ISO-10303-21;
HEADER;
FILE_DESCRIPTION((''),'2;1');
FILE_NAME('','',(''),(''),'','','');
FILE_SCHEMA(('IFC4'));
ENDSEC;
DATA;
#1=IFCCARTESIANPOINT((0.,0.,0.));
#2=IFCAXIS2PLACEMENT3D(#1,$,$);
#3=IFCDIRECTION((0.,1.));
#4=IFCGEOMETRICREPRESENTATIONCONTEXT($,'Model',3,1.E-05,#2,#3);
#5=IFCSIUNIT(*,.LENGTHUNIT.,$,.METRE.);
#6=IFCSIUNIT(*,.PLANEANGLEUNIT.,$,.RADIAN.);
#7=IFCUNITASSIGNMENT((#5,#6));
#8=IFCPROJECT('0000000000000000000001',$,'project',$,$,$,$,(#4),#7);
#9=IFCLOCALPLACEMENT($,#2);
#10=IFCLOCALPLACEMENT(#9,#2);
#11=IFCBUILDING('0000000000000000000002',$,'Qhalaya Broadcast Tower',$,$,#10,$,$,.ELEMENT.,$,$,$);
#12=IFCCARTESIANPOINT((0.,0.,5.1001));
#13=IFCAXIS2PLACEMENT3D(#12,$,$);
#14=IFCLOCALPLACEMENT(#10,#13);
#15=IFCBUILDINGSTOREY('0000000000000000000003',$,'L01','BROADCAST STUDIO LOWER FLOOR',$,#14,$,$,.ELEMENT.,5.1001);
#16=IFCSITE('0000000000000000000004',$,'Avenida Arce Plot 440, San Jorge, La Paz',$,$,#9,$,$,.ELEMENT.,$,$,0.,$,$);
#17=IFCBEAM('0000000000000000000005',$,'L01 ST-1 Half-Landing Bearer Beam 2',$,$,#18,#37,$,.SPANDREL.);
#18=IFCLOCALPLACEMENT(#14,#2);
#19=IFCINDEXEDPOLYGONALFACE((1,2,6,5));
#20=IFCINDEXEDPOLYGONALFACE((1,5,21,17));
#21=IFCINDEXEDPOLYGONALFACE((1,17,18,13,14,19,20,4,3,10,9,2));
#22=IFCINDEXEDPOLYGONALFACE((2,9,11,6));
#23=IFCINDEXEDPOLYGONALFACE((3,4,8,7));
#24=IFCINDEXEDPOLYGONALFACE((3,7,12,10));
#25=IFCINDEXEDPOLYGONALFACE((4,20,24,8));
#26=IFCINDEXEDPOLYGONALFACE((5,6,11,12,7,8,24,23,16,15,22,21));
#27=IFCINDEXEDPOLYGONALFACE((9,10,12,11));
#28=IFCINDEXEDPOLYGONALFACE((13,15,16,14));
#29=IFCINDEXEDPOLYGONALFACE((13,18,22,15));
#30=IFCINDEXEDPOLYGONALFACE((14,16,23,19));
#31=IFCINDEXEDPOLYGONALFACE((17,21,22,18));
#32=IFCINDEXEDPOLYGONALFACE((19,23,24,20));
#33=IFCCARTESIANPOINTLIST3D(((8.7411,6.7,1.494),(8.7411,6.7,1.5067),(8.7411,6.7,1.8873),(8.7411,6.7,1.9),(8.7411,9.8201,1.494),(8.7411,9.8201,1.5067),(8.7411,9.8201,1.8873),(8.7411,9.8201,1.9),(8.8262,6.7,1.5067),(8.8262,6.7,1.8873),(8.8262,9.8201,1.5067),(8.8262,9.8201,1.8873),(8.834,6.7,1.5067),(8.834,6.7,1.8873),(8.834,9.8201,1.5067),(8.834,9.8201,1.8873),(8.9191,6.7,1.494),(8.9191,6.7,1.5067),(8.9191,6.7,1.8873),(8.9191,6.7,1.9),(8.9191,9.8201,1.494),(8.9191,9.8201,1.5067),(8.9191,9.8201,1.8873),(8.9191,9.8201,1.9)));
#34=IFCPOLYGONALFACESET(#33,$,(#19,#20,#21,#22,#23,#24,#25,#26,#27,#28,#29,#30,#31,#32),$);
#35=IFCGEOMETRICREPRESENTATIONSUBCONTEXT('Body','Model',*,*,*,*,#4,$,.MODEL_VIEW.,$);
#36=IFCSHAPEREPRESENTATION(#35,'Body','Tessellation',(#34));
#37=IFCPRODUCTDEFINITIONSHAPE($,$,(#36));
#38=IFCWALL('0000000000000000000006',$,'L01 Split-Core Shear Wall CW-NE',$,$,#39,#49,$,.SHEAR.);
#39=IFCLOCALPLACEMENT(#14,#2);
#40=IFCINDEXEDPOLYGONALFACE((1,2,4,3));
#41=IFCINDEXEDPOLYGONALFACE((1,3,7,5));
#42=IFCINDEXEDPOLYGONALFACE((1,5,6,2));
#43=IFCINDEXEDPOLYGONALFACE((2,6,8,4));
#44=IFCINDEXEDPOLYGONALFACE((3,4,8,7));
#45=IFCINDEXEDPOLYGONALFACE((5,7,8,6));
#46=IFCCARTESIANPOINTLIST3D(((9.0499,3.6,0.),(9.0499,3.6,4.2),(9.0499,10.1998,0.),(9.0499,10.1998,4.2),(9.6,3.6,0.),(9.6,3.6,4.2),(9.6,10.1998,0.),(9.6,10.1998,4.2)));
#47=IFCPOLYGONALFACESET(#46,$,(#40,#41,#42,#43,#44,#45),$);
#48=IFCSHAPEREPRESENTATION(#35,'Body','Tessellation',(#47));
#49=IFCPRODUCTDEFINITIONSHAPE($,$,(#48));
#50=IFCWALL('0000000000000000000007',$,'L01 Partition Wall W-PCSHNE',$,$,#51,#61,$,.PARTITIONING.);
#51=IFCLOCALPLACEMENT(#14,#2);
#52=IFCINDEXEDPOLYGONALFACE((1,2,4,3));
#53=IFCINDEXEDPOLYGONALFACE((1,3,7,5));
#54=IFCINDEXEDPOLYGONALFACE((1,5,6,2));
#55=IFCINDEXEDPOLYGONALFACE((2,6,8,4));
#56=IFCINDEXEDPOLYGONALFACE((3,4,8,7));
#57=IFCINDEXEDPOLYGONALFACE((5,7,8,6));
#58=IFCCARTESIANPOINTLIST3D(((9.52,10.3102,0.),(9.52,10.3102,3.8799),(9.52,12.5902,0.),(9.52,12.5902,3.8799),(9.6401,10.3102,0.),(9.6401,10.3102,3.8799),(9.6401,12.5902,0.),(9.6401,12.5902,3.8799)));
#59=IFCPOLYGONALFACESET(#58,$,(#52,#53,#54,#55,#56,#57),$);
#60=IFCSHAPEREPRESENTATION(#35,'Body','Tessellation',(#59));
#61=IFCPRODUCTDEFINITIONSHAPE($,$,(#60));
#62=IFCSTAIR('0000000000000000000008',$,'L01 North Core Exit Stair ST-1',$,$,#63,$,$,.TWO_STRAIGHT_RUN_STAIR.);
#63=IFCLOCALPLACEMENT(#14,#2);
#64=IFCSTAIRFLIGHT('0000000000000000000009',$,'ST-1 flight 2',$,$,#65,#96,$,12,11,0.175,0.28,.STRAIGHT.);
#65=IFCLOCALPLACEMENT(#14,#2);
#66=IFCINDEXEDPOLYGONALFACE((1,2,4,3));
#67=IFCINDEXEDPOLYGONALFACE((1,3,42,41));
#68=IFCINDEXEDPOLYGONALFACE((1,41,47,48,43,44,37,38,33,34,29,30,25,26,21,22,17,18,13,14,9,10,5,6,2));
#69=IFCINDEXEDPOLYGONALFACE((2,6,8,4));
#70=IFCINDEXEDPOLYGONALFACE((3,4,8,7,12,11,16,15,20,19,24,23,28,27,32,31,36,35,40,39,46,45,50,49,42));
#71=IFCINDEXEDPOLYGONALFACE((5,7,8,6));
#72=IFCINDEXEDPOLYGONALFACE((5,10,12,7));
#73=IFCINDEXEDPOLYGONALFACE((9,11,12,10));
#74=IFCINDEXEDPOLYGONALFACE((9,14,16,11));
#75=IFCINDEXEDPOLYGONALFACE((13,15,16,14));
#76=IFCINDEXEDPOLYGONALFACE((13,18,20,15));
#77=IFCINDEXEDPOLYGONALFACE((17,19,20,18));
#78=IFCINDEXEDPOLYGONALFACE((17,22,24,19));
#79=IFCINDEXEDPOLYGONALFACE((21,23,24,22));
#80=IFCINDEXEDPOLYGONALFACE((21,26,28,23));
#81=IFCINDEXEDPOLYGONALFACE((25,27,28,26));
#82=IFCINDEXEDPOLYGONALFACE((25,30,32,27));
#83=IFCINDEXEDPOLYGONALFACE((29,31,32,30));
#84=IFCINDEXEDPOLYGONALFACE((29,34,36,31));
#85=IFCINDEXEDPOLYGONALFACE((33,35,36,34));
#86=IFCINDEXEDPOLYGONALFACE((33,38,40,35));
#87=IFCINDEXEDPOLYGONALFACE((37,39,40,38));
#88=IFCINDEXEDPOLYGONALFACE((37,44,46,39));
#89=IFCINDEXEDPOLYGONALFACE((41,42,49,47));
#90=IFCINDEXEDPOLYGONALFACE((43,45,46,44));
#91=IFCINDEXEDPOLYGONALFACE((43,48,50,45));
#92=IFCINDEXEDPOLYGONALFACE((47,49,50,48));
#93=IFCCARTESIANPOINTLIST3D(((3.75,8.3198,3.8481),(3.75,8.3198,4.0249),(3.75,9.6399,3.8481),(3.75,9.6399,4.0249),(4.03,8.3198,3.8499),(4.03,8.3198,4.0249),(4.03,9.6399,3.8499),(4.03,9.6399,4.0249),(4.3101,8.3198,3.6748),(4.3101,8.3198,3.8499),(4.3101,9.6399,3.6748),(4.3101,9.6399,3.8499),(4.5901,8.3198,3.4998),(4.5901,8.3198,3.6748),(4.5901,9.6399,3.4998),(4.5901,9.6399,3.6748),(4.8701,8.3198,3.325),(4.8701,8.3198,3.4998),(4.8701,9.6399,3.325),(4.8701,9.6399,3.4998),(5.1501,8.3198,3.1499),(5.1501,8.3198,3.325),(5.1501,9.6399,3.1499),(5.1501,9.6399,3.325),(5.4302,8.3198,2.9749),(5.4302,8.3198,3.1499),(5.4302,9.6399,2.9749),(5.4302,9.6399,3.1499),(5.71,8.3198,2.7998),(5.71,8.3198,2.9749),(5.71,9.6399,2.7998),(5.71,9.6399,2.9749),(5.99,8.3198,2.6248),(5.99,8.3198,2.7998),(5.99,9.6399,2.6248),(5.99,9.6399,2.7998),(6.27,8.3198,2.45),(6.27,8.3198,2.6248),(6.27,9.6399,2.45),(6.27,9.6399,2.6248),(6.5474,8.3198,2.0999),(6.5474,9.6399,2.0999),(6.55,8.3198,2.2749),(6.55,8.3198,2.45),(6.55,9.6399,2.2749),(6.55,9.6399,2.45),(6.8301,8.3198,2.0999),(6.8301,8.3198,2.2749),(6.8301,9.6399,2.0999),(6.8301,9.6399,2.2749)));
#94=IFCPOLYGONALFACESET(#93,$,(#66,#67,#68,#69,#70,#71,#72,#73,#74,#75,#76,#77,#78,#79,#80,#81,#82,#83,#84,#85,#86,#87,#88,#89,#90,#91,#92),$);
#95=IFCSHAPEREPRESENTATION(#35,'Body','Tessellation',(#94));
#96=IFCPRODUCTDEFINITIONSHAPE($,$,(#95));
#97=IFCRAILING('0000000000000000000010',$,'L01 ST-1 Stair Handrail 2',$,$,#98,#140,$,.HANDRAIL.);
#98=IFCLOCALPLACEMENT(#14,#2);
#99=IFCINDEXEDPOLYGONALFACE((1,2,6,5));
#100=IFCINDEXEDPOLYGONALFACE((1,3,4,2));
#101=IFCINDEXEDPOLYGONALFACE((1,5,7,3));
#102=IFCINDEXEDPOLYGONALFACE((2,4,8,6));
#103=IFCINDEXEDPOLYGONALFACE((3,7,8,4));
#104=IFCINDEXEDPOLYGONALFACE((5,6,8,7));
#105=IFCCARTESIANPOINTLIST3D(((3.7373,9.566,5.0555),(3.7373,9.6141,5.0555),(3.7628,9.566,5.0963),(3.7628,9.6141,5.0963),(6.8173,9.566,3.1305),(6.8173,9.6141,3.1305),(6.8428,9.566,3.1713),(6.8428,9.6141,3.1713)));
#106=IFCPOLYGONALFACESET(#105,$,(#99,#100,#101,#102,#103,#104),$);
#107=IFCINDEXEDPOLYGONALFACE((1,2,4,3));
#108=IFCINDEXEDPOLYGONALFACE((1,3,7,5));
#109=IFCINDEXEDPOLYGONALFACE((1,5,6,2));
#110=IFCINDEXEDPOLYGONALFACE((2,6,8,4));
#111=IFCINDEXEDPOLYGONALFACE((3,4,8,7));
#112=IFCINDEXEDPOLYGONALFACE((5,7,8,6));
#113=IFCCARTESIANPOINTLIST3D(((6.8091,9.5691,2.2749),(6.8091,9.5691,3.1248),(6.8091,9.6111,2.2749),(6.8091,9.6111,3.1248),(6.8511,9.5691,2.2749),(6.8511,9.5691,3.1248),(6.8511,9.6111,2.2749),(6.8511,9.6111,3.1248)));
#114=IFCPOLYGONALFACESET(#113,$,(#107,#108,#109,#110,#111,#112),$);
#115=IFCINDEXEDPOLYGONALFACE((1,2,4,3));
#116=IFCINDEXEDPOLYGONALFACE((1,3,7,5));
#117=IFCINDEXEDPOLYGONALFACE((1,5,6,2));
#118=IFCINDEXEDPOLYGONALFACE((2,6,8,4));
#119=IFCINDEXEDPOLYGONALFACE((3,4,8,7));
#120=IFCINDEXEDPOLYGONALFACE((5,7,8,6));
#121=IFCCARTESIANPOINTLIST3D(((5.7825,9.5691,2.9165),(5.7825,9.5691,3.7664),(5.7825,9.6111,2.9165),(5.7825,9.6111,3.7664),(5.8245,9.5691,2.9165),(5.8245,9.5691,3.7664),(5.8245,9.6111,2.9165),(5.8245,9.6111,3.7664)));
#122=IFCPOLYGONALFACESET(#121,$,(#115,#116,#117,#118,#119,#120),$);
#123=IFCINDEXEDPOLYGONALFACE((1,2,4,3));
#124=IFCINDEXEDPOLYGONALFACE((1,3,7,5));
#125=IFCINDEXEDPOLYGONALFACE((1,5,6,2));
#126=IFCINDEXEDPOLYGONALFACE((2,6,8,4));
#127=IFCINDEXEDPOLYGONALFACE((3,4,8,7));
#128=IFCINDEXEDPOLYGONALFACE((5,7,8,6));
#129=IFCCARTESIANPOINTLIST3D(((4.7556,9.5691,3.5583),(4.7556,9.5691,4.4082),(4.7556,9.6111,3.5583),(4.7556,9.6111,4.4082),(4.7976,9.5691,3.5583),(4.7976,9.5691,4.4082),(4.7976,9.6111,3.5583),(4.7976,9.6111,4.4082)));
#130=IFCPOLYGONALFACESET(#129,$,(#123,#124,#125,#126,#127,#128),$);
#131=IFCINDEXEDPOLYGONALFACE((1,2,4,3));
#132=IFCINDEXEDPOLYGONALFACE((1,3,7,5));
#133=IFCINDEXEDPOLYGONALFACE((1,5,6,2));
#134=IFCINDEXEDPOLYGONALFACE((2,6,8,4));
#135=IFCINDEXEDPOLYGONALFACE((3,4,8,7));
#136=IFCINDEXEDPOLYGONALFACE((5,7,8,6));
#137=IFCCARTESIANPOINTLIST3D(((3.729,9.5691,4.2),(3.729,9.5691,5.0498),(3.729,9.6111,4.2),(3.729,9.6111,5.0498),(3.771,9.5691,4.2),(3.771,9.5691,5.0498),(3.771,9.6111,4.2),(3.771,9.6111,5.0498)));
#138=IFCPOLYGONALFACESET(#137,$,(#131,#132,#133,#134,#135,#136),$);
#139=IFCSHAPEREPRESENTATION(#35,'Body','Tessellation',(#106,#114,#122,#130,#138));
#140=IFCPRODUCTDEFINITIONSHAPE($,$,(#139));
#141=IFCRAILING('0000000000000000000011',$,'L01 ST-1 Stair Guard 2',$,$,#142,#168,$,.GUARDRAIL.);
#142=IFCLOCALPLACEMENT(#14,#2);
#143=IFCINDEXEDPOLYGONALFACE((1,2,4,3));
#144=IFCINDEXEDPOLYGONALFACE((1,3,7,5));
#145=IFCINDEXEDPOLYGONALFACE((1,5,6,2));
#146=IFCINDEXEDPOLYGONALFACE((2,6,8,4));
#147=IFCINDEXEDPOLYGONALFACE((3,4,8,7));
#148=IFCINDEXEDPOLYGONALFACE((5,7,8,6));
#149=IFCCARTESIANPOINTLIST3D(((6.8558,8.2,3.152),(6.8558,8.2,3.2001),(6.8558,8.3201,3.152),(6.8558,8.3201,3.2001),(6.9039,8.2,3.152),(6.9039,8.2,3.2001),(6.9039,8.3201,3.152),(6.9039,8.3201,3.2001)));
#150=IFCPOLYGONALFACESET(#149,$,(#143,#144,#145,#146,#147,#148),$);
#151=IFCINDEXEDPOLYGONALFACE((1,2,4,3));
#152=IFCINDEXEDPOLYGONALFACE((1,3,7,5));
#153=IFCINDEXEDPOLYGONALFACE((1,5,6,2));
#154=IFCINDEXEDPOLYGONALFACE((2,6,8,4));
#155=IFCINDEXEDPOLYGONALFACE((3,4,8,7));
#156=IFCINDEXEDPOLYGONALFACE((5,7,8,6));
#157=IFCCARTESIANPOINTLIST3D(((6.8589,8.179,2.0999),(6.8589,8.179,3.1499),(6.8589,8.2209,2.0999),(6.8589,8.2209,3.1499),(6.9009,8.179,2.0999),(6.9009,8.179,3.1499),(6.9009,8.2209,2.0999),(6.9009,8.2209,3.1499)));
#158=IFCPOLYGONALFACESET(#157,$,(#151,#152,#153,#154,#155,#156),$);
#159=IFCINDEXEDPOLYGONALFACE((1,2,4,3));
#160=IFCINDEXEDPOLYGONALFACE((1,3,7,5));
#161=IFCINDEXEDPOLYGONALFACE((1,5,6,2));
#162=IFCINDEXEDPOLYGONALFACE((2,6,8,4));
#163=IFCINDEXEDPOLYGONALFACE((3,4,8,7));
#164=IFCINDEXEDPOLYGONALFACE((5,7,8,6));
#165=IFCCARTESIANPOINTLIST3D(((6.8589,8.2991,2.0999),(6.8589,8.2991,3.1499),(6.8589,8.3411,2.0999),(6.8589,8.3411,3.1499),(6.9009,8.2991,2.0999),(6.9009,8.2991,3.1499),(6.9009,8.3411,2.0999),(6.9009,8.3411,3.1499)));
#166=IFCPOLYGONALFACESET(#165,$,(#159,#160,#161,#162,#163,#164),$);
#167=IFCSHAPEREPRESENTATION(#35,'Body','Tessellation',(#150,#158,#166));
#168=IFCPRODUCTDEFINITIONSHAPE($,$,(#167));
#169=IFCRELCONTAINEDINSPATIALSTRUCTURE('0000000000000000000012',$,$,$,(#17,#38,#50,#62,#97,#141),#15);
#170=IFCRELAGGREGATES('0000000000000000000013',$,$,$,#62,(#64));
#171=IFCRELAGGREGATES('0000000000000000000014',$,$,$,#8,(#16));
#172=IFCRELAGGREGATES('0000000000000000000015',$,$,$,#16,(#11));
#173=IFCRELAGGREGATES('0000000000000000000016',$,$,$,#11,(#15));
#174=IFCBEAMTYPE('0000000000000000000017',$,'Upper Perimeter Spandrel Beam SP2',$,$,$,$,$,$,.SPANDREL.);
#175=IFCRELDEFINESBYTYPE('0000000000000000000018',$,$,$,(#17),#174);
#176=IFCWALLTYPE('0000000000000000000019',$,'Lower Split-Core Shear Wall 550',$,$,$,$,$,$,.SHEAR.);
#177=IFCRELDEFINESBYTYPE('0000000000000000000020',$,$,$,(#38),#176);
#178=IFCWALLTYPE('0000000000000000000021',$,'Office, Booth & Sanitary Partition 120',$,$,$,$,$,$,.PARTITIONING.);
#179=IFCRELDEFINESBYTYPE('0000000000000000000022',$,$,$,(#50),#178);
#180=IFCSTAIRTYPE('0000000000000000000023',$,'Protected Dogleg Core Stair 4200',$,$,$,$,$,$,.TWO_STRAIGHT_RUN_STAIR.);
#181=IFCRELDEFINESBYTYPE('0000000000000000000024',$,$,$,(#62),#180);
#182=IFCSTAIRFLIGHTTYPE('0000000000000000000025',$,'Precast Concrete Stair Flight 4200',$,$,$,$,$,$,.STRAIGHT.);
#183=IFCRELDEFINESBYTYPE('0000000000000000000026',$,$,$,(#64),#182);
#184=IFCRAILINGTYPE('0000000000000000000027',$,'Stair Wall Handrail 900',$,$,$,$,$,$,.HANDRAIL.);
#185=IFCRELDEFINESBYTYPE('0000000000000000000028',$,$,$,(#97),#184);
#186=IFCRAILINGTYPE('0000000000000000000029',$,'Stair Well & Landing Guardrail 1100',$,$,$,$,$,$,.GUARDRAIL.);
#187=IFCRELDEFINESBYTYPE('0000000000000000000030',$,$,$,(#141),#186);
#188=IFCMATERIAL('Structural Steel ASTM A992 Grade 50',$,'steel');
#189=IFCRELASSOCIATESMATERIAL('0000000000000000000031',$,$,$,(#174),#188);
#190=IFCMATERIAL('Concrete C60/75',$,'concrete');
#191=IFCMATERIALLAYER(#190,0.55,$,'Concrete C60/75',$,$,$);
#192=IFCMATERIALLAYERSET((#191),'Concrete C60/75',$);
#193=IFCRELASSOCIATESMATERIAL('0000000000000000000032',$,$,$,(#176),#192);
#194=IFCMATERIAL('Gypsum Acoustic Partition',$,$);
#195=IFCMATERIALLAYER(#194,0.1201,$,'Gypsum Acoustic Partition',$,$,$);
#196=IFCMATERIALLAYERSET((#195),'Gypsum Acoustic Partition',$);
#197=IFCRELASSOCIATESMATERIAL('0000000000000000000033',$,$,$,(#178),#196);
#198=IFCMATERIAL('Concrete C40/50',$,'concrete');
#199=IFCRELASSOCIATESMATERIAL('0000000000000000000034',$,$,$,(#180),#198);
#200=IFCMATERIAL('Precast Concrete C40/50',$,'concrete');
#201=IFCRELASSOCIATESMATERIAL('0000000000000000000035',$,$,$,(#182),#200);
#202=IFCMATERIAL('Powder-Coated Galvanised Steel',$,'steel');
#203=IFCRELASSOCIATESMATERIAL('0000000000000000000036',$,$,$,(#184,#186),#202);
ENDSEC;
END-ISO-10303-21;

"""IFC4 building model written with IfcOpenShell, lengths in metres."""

from ifc_helpers import new_model, si_unit, direction, frame, frame_2d, origin, origin_2d, place, context, subcontext, project, spatial, polyline, rectangle, i_section, outline, extrude, material, layer, layer_set, material_profile, profile_set, type_object, element, aggregate, save


model = new_model("IFC4")

# Units and contexts
model_context = context("Model", 3, precision=1e-05, world=origin(), true_north=direction((0.0, 1.0)))
body_context = subcontext(model_context, "Body", "Model", "MODEL_VIEW")
ifc_project = project(units=[si_unit("LENGTHUNIT", "METRE"), si_unit("PLANEANGLEUNIT", "RADIAN")], contexts=[model_context])

# Site, building, storey
site_placement = place(None, origin())
site = spatial("IfcSite", under=ifc_project, at=site_placement, Name="Avenida Arce Plot 440, San Jorge, La Paz", CompositionType="ELEMENT", RefElevation=0.0)
building_placement = place(site_placement, origin())
building = spatial("IfcBuilding", under=site, at=building_placement, Name="Qhalaya Broadcast Tower", CompositionType="ELEMENT")
storey_placement = place(building_placement, frame((0.0, 0.0, 5.1001)))
storey = spatial("IfcBuildingStorey", under=building, at=storey_placement, Name="L01", Description="BROADCAST STUDIO LOWER FLOOR", CompositionType="ELEMENT", Elevation=5.1001)

# Shared definitions
ifc_material_1 = material(Name="Concrete C60/75", Category="concrete")

# Shared definitions
ifc_material_2 = material(Name="Structural Steel ASTM A992 Grade 50", Category="steel")

# Beam
ifc_material_profile_1 = material_profile(ifc_material_2, i_section(OverallWidth=0.178, OverallDepth=0.406, WebThickness=0.0078, FlangeThickness=0.0127, at=origin_2d()), Name="W16X40")
ifc_profile_set_1 = profile_set([ifc_material_profile_1], Name="Structural Steel ASTM A992 Grade 50")
beam_type_1 = type_object("IfcBeamType", Name="Upper Perimeter Spandrel Beam SP2", PredefinedType="SPANDREL", material=ifc_profile_set_1)
for number, where, z_axis, x_axis, name in (
    (1, (8.8301, 6.7, 1.697), (0.0, 1.0, 0.0), (-1.0, 0.0, 0.0), "L01 ST-1 Half-Landing Bearer Beam 2"),
):
    element("IfcBeam", number, at=place(storey_placement, frame(where, z_axis=z_axis, x_axis=x_axis)), inside=storey, type_object=beam_type_1, Name=name, PredefinedType="SPANDREL", context=body_context, shape_type="SweptSolid", body=[
        extrude(i_section(OverallWidth=0.178, OverallDepth=0.406, WebThickness=0.0078, FlangeThickness=0.0127, at=origin_2d()), origin(), (0.0, 0.0, 1.0), 3.1201),
    ])

# Walls
ifc_layer_1 = layer(ifc_material_1, 0.55, Name="Concrete C60/75")
ifc_layer_set_1 = layer_set([ifc_layer_1], Name="Concrete C60/75")
wall_type_1 = type_object("IfcWallType", Name="Lower Split-Core Shear Wall 550", PredefinedType="SHEAR", material=ifc_layer_set_1)
wall_1_placement = place(storey_placement, frame((9.325, 3.6001, 0.0), z_axis=(0.0, 0.0, 1.0), x_axis=(0.0, 1.0, 0.0)))
element("IfcWall", 2, at=wall_1_placement, inside=storey, type_object=wall_type_1, Name="L01 Split-Core Shear Wall CW-NE", PredefinedType="SHEAR", context=body_context, shape_type="SweptSolid", body=[
    extrude(rectangle(XDim=6.5999, YDim=0.55, at=frame_2d((3.2998, 0.0))), origin(), (0.0, 0.0, 1.0), 4.2),
])
ifc_material_3 = material(Name="Gypsum Acoustic Partition")
ifc_layer_2 = layer(ifc_material_3, 0.1201, Name="Gypsum Acoustic Partition")
ifc_layer_set_2 = layer_set([ifc_layer_2], Name="Gypsum Acoustic Partition")
wall_type_2 = type_object("IfcWallType", Name="Office, Booth & Sanitary Partition 120", PredefinedType="PARTITIONING", material=ifc_layer_set_2)
wall_2_placement = place(storey_placement, frame((9.5801, 10.3101, 0.0), z_axis=(0.0, 0.0, 1.0), x_axis=(0.0, 1.0, 0.0)))
element("IfcWall", 3, at=wall_2_placement, inside=storey, type_object=wall_type_2, Name="L01 Partition Wall W-PCSHNE", PredefinedType="PARTITIONING", context=body_context, shape_type="SweptSolid", body=[
    extrude(rectangle(XDim=2.28, YDim=0.1201, at=frame_2d((1.1401, 0.0))), origin(), (0.0, 0.0, 1.0), 3.8799),
])

# Stair, stair flight
ifc_material_4 = material(Name="Concrete C40/50", Category="concrete")
stair_type = type_object("IfcStairType", Name="Protected Dogleg Core Stair 4200", PredefinedType="TWO_STRAIGHT_RUN_STAIR", material=ifc_material_4)
stair_placement = place(storey_placement, origin())
stair = element("IfcStair", 4, at=stair_placement, inside=storey, type_object=stair_type, Name="L01 North Core Exit Stair ST-1", PredefinedType="TWO_STRAIGHT_RUN_STAIR")
ifc_material_5 = material(Name="Precast Concrete C40/50", Category="concrete")
stair_flight_type = type_object("IfcStairFlightType", Name="Precast Concrete Stair Flight 4200", PredefinedType="STRAIGHT", material=ifc_material_5)
stair_flight_placement = place(storey_placement, frame((6.8301, 8.98, 2.0999), z_axis=(0.0, 0.0, 1.0), x_axis=(-1.0, 0.0, 0.0)))
stair_flight = element("IfcStairFlight", 5, at=stair_flight_placement, type_object=stair_flight_type, Name="ST-1 flight 2", NumberOfRisers=12, NumberOfTreads=11, PredefinedType="STRAIGHT", RiserHeight=0.175, TreadLength=0.28, context=body_context, shape_type="SweptSolid", body=[
    extrude(outline(polyline([(0.0, 0.0), (0.0, 0.175), (0.28, 0.175), (0.28, 0.3501), (0.5601, 0.3501), (0.5601, 0.5249), (0.8401, 0.5249), (0.8401, 0.7), (1.1201, 0.7), (1.1201, 0.875), (1.3999, 0.875), (1.3999, 1.05), (1.6799, 1.05), (1.6799, 1.2251), (1.96, 1.2251), (1.96, 1.3999), (2.24, 1.3999), (2.24, 1.575), (2.52, 1.575), (2.52, 1.75), (2.8, 1.75), (2.8, 1.925), (3.0801, 1.925), (3.0801, 2.1001), (3.0801, 1.7483), (0.2827, 0.0), (0.0, 0.0)])), frame((0.0, 0.6602, 0.0), z_axis=(0.0, -1.0, 0.0), x_axis=(1.0, 0.0, 0.0)), (0.0, 0.0, 1.0), 1.3201),
])
aggregate(stair, [stair_flight])

# Railings
ifc_material_6 = material(Name="Powder-Coated Galvanised Steel", Category="steel")
railing_type_1 = type_object("IfcRailingType", Name="Stair Wall Handrail 900", PredefinedType="HANDRAIL", material=ifc_material_6)
railing_1_placement = place(storey_placement, frame((6.8301, 9.5901, 2.2749)))
element("IfcRailing", 6, at=railing_1_placement, inside=storey, type_object=railing_type_1, Name="L01 ST-1 Stair Handrail 2", PredefinedType="HANDRAIL", context=body_context, shape_type="SweptSolid", body=[
    extrude(rectangle(XDim=0.0481, YDim=0.0481, at=origin_2d()), frame((0.0, 0.0, 0.876), z_axis=(-0.847998, 0.0, 0.529999), x_axis=(0.0, -1.0, 0.0)), (0.0, 0.0, 1.0), 3.6321),
    extrude(rectangle(XDim=0.042, YDim=0.042, at=origin_2d()), origin(), (0.0, 0.0, 1.0), 0.8499),
    extrude(rectangle(XDim=0.042, YDim=0.042, at=origin_2d()), frame((-1.0266, 0.0, 0.6416)), (0.0, 0.0, 1.0), 0.8499),
    extrude(rectangle(XDim=0.042, YDim=0.042, at=origin_2d()), frame((-2.0535, 0.0, 1.2834)), (0.0, 0.0, 1.0), 0.8499),
    extrude(rectangle(XDim=0.042, YDim=0.042, at=origin_2d()), frame((-3.0801, 0.0, 1.925)), (0.0, 0.0, 1.0), 0.8499),
])
railing_type_2 = type_object("IfcRailingType", Name="Stair Well & Landing Guardrail 1100", PredefinedType="GUARDRAIL", material=ifc_material_6)
railing_2_placement = place(storey_placement, frame((6.8799, 8.2, 2.0999)))
element("IfcRailing", 7, at=railing_2_placement, inside=storey, type_object=railing_type_2, Name="L01 ST-1 Stair Guard 2", PredefinedType="GUARDRAIL", context=body_context, shape_type="SweptSolid", body=[
    extrude(rectangle(XDim=0.0481, YDim=0.0481, at=origin_2d()), frame((0.0, 0.0, 1.0762), z_axis=(0.0, 1.0, 0.0), x_axis=(-1.0, 0.0, 0.0)), (0.0, 0.0, 1.0), 0.1201),
    extrude(rectangle(XDim=0.042, YDim=0.042, at=origin_2d()), origin(), (0.0, 0.0, 1.0), 1.05),
    extrude(rectangle(XDim=0.042, YDim=0.042, at=origin_2d()), frame((0.0, 0.1201, 0.0)), (0.0, 0.0, 1.0), 1.05),
])

save(model, "model.ifc")
